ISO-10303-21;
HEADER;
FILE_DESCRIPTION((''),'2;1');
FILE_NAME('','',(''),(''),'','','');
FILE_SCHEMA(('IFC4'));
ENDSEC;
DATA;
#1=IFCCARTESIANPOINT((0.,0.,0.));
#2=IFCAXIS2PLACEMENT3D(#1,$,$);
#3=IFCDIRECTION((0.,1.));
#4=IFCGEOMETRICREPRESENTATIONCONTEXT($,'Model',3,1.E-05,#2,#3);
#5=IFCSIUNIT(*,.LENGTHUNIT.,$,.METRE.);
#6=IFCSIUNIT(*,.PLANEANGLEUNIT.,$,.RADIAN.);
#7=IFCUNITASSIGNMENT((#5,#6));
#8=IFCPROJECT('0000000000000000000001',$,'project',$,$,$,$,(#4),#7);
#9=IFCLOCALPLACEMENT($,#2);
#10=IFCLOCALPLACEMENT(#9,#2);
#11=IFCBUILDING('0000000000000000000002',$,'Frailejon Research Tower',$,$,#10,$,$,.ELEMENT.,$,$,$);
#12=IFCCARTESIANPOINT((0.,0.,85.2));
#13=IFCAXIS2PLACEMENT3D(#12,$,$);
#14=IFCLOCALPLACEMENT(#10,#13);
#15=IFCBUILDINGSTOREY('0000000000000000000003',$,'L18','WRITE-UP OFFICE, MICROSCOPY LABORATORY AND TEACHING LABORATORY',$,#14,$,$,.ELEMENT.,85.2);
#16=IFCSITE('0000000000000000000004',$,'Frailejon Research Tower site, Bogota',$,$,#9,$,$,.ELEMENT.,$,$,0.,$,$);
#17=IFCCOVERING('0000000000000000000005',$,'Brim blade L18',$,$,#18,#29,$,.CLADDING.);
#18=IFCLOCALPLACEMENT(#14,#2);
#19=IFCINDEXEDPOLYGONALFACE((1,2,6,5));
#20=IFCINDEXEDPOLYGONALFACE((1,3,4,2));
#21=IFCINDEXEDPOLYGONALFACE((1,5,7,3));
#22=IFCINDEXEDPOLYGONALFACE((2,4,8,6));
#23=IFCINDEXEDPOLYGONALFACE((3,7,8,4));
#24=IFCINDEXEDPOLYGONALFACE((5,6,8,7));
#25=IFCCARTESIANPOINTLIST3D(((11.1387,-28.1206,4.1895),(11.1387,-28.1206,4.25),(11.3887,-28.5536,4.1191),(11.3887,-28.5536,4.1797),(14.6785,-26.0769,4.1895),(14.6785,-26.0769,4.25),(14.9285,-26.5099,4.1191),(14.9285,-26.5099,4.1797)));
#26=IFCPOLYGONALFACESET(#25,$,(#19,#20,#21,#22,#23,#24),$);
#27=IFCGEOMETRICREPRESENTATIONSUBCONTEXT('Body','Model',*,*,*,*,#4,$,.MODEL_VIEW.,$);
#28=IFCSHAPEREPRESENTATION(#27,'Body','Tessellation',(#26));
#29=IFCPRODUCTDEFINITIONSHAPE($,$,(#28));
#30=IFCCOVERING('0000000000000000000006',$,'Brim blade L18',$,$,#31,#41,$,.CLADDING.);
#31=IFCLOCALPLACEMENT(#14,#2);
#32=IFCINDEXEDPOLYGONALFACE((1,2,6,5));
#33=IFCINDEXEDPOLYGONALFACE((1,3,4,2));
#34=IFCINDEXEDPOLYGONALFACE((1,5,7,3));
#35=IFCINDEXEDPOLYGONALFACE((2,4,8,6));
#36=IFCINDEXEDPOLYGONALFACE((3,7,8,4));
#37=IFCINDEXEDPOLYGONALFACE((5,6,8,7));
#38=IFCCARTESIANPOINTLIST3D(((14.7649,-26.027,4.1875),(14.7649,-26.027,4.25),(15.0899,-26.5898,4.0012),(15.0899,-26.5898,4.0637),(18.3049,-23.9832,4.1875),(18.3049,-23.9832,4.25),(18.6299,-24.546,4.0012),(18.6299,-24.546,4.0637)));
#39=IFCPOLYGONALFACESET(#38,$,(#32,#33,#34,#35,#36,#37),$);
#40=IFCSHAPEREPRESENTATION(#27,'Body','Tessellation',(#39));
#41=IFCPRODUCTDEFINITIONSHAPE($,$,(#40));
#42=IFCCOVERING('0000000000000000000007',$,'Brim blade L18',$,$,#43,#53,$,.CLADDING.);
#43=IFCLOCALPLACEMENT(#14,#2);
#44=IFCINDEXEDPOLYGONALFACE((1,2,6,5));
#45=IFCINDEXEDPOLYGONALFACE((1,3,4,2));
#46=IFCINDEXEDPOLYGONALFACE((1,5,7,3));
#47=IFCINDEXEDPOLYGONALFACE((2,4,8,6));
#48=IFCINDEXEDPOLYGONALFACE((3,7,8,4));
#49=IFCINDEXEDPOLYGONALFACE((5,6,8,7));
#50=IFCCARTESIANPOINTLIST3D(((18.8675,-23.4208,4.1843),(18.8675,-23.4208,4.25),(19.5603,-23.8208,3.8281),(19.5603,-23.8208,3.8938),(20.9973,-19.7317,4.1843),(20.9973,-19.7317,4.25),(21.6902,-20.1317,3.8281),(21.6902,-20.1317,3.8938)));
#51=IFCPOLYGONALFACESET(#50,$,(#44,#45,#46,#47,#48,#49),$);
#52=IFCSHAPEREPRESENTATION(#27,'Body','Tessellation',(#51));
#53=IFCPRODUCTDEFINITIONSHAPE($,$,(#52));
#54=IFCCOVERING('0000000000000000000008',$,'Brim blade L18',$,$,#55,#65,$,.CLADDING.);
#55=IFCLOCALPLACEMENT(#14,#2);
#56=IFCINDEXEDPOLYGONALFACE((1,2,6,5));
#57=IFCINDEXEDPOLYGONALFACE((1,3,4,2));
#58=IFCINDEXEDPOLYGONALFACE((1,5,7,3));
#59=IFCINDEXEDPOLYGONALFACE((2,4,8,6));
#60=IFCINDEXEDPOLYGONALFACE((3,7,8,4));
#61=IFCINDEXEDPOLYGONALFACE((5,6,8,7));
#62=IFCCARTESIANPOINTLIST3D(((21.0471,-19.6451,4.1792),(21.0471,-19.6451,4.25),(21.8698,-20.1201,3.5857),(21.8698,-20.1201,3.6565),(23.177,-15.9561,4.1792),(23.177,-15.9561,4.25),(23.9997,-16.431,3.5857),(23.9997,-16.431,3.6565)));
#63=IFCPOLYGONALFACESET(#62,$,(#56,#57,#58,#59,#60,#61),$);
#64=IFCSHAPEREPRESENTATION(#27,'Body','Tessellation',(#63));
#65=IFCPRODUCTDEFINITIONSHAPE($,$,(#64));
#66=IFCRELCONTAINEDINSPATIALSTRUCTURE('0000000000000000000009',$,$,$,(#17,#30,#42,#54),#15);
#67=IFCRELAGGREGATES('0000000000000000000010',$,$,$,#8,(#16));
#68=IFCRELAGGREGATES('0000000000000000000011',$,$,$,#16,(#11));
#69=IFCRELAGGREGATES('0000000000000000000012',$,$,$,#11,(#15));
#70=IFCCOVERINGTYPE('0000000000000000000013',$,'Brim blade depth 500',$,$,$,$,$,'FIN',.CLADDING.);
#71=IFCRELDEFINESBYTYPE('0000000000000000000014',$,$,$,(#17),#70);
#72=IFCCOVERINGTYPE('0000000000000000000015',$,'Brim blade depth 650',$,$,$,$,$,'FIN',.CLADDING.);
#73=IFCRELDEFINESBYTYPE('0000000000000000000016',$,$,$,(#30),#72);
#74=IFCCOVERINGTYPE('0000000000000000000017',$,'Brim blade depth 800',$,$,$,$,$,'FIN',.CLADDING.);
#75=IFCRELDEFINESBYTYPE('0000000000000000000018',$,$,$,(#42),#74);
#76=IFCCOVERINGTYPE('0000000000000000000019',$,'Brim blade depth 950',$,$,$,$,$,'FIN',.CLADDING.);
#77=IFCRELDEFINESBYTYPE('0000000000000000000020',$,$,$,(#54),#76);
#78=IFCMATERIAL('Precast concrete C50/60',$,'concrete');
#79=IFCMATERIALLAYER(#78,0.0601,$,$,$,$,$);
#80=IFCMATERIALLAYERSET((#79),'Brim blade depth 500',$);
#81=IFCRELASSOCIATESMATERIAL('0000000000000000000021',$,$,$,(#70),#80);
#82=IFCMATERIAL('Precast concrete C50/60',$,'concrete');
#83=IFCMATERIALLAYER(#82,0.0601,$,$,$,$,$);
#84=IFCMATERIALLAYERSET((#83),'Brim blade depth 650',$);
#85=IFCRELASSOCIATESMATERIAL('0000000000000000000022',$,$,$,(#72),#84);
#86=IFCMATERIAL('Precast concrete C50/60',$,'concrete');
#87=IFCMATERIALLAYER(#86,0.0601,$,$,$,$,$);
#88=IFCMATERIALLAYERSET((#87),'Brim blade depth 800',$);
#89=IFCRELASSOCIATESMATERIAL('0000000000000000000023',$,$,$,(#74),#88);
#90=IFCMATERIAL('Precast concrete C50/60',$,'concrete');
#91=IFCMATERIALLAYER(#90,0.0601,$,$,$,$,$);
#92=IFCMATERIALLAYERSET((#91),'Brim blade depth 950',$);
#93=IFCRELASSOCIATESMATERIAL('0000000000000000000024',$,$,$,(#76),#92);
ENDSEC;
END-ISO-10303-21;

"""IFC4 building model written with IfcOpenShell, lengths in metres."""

from ifc_helpers import new_model, si_unit, direction, frame, origin, place, context, subcontext, project, spatial, polyline, outline, extrude, material, layer, layer_set, type_object, element, save


model = new_model("IFC4")

# Units and contexts
model_context = context("Model", 3, precision=1e-05, world=origin(), true_north=direction((0.0, 1.0)))
body_context = subcontext(model_context, "Body", "Model", "MODEL_VIEW")
ifc_project = project(units=[si_unit("LENGTHUNIT", "METRE"), si_unit("PLANEANGLEUNIT", "RADIAN")], contexts=[model_context])

# Site, building, storey
site_placement = place(None, origin())
site = spatial("IfcSite", under=ifc_project, at=site_placement, Name="Frailejon Research Tower site, Bogota", CompositionType="ELEMENT", RefElevation=0.0)
building_placement = place(site_placement, origin())
building = spatial("IfcBuilding", under=site, at=building_placement, Name="Frailejon Research Tower", CompositionType="ELEMENT")
storey_placement = place(building_placement, frame((0.0, 0.0, 85.2)))
storey = spatial("IfcBuildingStorey", under=building, at=storey_placement, Name="L18", Description="WRITE-UP OFFICE, MICROSCOPY LABORATORY AND TEACHING LABORATORY", CompositionType="ELEMENT", Elevation=85.2)

# Coverings
ifc_material_1 = material(Name="Precast concrete C50/60", Category="concrete")
ifc_layer_1 = layer(ifc_material_1, 0.0601)
ifc_layer_set_1 = layer_set([ifc_layer_1], Name="Brim blade depth 500")
covering_type_1 = type_object("IfcCoveringType", Name="Brim blade depth 500", ElementType="FIN", PredefinedType="CLADDING", material=ifc_layer_set_1)
covering_1_placement = place(storey_placement, frame((14.6785, -26.0769, 4.25), z_axis=(-0.866021, -0.500007, 0.0), x_axis=(0.500007, -0.866021, 0.0)))
element("IfcCovering", 1, at=covering_1_placement, inside=storey, type_object=covering_type_1, Name="Brim blade L18", PredefinedType="CLADDING", context=body_context, shape_type="SweptSolid", body=[
    extrude(outline(polyline([(0.0, -0.0605), (0.5, -0.1309), (0.5, -0.0703), (0.0, 0.0), (0.0, -0.0605)])), origin(), (0.0, 0.0, 1.0), 4.0874),
])
ifc_material_2 = material(Name="Precast concrete C50/60", Category="concrete")
ifc_layer_2 = layer(ifc_material_2, 0.0601)
ifc_layer_set_2 = layer_set([ifc_layer_2], Name="Brim blade depth 650")
covering_type_2 = type_object("IfcCoveringType", Name="Brim blade depth 650", ElementType="FIN", PredefinedType="CLADDING", material=ifc_layer_set_2)
covering_2_placement = place(storey_placement, frame((18.3049, -23.9832, 4.25), z_axis=(-0.866027, -0.499997, 0.0), x_axis=(0.499997, -0.866027, 0.0)))
element("IfcCovering", 2, at=covering_2_placement, inside=storey, type_object=covering_type_2, Name="Brim blade L18", PredefinedType="CLADDING", context=body_context, shape_type="SweptSolid", body=[
    extrude(outline(polyline([(0.0, -0.0625), (0.6499, -0.2488), (0.6499, -0.1863), (0.0, 0.0), (0.0, -0.0625)])), origin(), (0.0, 0.0, 1.0), 4.0876),
])
ifc_material_3 = material(Name="Precast concrete C50/60", Category="concrete")
ifc_layer_3 = layer(ifc_material_3, 0.0601)
ifc_layer_set_3 = layer_set([ifc_layer_3], Name="Brim blade depth 800")
covering_type_3 = type_object("IfcCoveringType", Name="Brim blade depth 800", ElementType="FIN", PredefinedType="CLADDING", material=ifc_layer_set_3)
covering_3_placement = place(storey_placement, frame((20.9973, -19.7317, 4.25), z_axis=(-0.499992, -0.86603, 0.0), x_axis=(0.86603, -0.499992, 0.0)))
element("IfcCovering", 3, at=covering_3_placement, inside=storey, type_object=covering_type_3, Name="Brim blade L18", PredefinedType="CLADDING", context=body_context, shape_type="SweptSolid", body=[
    extrude(outline(polyline([(0.0, -0.0657), (0.8, -0.4219), (0.8, -0.3562), (0.0, 0.0), (0.0, -0.0657)])), origin(), (0.0, 0.0, 1.0), 4.2598),
])
ifc_material_4 = material(Name="Precast concrete C50/60", Category="concrete")
ifc_layer_4 = layer(ifc_material_4, 0.0601)
ifc_layer_set_4 = layer_set([ifc_layer_4], Name="Brim blade depth 950")
covering_type_4 = type_object("IfcCoveringType", Name="Brim blade depth 950", ElementType="FIN", PredefinedType="CLADDING", material=ifc_layer_set_4)
covering_4_placement = place(storey_placement, frame((23.177, -15.9561, 4.25), z_axis=(-0.50001, -0.86602, 0.0), x_axis=(0.86602, -0.50001, 0.0)))
element("IfcCovering", 4, at=covering_4_placement, inside=storey, type_object=covering_type_4, Name="Brim blade L18", PredefinedType="CLADDING", context=body_context, shape_type="SweptSolid", body=[
    extrude(outline(polyline([(0.0, -0.0708), (0.95, -0.6643), (0.95, -0.5935), (0.0, 0.0), (0.0, -0.0708)])), origin(), (0.0, 0.0, 1.0), 4.2598),
])

save(model, "model.ifc")
